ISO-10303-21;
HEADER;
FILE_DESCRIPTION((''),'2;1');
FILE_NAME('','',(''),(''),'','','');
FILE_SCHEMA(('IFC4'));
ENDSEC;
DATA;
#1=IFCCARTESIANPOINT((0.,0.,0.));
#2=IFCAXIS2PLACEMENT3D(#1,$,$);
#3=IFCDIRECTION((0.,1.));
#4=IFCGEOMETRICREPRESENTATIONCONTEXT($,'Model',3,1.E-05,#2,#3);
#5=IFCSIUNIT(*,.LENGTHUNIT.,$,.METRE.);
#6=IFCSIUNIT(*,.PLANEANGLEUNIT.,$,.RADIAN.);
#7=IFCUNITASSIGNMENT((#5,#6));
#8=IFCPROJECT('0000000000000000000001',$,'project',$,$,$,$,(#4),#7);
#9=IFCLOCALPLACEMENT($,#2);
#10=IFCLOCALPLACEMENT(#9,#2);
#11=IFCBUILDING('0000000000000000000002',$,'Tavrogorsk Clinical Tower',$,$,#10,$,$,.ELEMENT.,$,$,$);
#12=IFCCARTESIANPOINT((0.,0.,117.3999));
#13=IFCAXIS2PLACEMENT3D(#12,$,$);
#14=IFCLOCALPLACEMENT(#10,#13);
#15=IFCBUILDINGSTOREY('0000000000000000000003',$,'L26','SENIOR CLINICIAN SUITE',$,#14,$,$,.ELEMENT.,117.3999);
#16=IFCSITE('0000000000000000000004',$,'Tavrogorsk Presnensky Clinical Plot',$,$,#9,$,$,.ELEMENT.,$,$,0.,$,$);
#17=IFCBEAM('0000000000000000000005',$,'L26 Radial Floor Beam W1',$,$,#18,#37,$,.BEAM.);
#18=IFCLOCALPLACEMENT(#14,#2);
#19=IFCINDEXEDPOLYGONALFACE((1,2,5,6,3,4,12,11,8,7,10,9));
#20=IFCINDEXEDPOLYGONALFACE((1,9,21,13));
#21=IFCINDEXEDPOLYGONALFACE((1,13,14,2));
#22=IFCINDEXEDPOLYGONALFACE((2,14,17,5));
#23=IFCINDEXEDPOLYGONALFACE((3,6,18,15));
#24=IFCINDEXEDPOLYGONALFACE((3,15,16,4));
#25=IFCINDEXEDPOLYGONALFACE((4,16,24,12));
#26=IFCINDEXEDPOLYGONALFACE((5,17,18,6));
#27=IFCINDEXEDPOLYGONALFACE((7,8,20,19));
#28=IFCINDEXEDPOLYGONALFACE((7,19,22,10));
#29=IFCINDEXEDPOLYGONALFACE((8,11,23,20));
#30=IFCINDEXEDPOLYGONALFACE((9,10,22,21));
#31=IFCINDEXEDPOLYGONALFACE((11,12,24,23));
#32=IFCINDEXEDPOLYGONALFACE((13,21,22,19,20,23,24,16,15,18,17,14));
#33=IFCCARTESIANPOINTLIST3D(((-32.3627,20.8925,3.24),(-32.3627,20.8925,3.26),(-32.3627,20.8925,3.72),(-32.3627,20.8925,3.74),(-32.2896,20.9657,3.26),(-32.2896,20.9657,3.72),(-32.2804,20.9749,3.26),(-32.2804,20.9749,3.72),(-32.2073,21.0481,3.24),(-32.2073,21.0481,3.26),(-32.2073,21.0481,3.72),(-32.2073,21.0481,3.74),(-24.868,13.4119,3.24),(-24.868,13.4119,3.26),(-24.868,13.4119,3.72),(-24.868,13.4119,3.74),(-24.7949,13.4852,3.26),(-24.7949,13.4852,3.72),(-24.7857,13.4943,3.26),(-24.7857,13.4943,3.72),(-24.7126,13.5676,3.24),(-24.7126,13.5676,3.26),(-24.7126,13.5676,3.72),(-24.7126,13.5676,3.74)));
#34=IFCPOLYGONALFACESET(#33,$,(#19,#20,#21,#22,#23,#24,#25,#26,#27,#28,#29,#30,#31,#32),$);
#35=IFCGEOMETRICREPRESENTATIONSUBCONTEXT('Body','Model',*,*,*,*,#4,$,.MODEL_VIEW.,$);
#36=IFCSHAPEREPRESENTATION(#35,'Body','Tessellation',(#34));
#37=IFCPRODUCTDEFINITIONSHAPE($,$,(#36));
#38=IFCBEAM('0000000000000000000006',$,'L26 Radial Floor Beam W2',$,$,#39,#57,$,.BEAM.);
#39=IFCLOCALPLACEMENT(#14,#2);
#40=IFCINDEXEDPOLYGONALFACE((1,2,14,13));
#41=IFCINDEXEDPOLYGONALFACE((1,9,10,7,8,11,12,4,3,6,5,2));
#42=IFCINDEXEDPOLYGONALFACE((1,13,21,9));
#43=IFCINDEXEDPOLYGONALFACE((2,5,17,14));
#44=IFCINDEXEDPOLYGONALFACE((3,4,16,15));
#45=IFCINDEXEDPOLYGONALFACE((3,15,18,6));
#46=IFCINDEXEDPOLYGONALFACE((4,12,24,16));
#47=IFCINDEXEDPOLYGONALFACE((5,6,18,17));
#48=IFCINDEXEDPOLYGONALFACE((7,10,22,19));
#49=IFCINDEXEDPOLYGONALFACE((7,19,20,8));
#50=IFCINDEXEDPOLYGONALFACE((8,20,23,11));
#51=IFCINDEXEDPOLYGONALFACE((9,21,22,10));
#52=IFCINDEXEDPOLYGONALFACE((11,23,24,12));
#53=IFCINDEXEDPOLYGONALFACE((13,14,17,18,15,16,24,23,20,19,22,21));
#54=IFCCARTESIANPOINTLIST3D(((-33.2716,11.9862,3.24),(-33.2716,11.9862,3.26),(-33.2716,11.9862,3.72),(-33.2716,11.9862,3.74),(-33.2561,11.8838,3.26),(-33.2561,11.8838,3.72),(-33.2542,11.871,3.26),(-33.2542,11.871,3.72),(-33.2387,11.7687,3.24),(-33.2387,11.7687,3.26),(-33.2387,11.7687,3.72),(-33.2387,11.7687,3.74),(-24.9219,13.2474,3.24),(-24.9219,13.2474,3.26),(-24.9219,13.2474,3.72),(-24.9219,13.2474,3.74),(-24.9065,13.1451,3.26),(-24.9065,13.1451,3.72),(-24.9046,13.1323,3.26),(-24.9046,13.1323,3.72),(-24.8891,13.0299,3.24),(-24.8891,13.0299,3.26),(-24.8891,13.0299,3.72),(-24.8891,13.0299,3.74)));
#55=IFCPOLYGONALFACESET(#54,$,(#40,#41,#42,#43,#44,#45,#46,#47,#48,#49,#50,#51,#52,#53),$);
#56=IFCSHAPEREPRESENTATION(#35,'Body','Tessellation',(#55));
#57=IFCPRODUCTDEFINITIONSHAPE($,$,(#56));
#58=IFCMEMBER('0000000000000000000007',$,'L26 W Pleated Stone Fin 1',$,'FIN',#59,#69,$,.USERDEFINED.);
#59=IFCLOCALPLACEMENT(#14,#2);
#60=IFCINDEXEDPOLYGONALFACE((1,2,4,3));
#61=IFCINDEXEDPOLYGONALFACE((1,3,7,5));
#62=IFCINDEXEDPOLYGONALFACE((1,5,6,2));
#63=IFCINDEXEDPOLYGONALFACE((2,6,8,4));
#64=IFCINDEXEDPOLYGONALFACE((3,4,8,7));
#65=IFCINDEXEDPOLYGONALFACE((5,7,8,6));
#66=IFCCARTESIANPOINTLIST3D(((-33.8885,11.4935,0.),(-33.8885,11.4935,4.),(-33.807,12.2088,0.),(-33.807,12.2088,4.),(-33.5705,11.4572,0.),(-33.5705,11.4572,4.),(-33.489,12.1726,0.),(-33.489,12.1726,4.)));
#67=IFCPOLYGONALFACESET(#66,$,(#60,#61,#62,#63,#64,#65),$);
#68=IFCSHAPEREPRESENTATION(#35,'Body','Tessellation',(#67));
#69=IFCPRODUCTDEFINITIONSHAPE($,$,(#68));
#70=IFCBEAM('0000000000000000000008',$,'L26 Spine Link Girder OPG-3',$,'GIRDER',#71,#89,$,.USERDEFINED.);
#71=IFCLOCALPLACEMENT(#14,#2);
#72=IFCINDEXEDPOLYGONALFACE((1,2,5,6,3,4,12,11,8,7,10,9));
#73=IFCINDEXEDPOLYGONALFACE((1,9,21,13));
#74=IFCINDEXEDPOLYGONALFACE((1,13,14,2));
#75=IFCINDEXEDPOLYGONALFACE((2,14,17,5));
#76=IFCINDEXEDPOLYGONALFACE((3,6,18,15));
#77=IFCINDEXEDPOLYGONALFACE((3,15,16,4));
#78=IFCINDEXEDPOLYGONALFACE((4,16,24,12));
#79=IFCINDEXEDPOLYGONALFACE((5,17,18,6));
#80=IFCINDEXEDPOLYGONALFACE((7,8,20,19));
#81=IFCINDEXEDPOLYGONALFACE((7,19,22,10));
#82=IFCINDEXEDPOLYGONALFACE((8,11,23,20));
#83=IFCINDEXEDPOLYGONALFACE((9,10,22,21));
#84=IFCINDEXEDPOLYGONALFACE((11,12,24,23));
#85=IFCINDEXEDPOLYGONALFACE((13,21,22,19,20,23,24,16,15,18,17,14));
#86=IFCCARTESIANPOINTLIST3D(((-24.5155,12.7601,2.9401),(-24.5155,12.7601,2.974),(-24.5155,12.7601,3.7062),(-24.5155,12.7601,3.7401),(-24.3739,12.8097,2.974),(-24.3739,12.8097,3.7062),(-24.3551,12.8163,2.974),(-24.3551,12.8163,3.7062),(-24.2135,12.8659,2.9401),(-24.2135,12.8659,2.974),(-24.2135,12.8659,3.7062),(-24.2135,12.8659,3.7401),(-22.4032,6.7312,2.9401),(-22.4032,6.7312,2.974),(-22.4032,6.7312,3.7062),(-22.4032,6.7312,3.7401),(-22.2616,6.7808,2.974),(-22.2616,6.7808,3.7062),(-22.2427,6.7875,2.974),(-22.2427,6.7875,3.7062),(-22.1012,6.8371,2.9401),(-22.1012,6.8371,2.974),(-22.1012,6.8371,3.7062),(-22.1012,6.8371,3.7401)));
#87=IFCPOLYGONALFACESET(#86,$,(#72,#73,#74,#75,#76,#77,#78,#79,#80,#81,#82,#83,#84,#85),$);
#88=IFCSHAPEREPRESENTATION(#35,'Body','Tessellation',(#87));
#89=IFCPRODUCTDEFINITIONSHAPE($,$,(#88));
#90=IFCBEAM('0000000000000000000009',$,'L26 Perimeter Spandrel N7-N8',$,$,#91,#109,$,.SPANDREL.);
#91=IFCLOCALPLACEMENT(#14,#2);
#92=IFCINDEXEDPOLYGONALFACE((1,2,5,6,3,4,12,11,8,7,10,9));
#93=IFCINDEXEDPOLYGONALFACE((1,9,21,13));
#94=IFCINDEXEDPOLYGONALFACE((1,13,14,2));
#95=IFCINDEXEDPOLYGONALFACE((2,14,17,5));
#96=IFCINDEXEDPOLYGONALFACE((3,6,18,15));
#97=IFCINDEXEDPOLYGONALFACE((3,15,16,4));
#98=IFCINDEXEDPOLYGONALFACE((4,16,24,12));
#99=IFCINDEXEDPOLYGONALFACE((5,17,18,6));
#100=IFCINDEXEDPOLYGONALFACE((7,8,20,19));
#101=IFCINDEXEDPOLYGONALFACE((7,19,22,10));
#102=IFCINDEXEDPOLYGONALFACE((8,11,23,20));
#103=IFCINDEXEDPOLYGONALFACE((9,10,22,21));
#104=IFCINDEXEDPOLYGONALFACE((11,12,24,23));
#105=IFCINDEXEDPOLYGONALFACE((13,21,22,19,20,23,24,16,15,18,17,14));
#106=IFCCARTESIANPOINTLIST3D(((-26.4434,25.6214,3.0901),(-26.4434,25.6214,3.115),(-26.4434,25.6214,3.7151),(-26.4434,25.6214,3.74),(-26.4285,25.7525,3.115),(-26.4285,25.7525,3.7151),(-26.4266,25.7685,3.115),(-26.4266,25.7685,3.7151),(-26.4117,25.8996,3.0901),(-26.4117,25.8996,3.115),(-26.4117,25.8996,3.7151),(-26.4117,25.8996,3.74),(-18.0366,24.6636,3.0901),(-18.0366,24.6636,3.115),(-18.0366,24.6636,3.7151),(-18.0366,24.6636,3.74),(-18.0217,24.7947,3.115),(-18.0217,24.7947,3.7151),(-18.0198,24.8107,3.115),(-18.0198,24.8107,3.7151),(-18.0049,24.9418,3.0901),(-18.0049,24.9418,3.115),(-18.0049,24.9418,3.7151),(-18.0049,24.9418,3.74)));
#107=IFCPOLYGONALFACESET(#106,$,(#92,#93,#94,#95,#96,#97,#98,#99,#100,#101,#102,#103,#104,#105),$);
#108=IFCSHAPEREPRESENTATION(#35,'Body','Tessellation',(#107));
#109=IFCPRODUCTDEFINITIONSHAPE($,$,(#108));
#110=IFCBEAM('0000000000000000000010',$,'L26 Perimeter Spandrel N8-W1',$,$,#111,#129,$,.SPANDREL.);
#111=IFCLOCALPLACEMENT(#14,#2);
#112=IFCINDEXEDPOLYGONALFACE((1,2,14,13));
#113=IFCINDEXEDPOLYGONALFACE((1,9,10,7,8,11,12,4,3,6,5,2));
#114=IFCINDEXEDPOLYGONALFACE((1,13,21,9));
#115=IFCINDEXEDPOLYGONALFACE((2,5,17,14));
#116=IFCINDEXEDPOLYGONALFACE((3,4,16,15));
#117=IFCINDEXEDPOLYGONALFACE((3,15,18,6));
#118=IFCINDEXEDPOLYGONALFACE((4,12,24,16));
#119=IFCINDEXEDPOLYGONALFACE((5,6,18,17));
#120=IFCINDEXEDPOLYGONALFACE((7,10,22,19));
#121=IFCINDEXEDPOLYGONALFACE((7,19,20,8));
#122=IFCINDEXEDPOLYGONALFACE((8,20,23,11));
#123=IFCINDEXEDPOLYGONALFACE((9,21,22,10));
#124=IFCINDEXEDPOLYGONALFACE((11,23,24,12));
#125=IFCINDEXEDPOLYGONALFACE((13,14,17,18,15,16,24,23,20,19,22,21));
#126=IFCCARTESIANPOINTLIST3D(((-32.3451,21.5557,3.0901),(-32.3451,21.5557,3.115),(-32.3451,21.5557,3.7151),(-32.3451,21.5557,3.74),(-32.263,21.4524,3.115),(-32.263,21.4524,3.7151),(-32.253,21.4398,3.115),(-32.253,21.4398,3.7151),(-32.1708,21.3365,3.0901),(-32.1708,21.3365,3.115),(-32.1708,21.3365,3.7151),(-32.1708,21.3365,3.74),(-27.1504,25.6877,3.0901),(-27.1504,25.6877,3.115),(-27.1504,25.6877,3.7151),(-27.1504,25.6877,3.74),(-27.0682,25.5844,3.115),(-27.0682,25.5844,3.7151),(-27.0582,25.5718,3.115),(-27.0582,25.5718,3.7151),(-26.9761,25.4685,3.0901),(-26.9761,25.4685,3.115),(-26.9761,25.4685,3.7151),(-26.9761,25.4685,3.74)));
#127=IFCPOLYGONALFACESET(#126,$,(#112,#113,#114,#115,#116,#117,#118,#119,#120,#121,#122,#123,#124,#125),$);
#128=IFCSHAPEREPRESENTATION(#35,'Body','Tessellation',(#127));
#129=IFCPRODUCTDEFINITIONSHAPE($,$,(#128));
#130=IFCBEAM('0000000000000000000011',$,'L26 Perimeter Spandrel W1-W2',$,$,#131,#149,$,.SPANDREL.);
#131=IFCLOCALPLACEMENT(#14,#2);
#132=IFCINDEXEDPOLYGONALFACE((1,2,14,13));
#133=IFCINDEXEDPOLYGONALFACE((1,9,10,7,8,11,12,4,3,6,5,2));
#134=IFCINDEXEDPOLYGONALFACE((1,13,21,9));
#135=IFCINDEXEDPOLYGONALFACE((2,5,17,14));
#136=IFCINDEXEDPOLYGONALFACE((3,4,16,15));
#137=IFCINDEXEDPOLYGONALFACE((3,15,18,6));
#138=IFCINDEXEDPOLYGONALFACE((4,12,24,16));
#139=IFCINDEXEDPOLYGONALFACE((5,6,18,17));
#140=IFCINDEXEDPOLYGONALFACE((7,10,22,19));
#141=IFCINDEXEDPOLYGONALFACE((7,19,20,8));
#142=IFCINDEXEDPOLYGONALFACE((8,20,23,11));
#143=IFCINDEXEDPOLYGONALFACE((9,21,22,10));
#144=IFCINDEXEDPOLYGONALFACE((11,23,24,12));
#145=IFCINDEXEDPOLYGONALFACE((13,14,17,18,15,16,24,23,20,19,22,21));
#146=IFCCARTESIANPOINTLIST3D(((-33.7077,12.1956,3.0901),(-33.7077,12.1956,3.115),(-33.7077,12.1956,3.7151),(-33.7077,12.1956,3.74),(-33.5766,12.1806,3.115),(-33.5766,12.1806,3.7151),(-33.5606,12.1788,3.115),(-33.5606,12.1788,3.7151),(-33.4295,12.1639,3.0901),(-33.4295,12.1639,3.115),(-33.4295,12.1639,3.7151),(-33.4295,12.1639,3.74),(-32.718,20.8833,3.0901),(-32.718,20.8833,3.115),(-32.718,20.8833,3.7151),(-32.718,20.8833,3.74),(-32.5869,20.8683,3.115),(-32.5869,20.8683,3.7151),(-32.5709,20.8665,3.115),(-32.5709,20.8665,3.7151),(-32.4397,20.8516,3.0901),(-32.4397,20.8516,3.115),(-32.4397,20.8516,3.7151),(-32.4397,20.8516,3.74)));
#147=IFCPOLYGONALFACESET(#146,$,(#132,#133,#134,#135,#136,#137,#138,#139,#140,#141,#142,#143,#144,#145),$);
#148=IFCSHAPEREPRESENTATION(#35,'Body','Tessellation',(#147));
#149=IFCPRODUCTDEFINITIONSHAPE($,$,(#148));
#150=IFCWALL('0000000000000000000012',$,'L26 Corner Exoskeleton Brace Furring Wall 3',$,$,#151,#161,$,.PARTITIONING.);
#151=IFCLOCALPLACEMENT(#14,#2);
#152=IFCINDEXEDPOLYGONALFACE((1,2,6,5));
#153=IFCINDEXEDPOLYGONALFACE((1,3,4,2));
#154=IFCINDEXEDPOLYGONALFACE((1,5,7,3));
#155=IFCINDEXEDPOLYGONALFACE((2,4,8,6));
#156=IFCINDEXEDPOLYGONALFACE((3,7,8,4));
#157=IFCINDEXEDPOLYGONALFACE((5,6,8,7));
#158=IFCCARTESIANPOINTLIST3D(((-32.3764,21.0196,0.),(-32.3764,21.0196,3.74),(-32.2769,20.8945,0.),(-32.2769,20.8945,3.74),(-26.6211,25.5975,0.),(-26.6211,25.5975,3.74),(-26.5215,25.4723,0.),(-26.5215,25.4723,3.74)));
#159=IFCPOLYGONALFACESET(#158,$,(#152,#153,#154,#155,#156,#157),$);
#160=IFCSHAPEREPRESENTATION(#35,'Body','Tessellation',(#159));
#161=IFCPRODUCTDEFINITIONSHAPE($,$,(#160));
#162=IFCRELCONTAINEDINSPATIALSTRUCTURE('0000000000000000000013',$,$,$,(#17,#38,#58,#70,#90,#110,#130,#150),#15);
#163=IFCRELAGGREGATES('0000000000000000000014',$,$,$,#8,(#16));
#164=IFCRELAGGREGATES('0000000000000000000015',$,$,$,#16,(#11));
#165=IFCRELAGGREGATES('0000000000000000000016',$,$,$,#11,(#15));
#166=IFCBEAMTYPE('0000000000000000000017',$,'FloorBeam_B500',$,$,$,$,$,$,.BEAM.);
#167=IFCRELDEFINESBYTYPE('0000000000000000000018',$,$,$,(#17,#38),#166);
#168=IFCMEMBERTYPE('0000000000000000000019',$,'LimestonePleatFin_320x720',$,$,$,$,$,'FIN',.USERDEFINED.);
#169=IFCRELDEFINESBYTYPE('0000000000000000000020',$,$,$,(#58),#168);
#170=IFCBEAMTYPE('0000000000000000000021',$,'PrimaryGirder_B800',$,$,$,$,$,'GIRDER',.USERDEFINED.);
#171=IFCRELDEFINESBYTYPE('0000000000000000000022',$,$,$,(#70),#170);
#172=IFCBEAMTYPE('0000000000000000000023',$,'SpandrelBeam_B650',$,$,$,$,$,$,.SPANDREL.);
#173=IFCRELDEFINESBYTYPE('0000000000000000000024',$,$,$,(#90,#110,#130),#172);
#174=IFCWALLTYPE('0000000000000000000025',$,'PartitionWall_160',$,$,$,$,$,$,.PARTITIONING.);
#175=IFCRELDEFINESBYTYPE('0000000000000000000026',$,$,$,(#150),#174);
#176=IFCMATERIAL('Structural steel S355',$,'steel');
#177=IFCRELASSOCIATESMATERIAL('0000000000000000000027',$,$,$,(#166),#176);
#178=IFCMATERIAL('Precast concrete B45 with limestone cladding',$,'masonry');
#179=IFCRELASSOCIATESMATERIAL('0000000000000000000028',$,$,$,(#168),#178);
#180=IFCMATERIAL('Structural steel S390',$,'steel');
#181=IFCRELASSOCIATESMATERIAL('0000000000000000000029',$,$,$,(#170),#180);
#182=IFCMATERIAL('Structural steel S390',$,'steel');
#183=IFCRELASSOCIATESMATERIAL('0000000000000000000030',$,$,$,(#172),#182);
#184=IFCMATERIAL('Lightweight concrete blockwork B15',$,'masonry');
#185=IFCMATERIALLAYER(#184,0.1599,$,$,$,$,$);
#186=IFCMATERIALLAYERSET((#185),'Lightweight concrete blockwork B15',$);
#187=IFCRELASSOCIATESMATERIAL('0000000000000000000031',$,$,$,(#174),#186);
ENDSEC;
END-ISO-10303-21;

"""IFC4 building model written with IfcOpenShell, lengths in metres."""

from ifc_helpers import new_model, si_unit, direction, frame, frame_2d, origin, origin_2d, place, context, subcontext, project, spatial, rectangle, i_section, extrude, material, layer, layer_set, material_profile, profile_set, type_object, element, save


model = new_model("IFC4")

# Units and contexts
model_context = context("Model", 3, precision=1e-05, world=origin(), true_north=direction((0.0, 1.0)))
body_context = subcontext(model_context, "Body", "Model", "MODEL_VIEW")
ifc_project = project(units=[si_unit("LENGTHUNIT", "METRE"), si_unit("PLANEANGLEUNIT", "RADIAN")], contexts=[model_context])

# Site, building, storey
site_placement = place(None, origin())
site = spatial("IfcSite", under=ifc_project, at=site_placement, Name="Tavrogorsk Presnensky Clinical Plot", CompositionType="ELEMENT", RefElevation=0.0)
building_placement = place(site_placement, origin())
building = spatial("IfcBuilding", under=site, at=building_placement, Name="Tavrogorsk Clinical Tower", CompositionType="ELEMENT")
storey_placement = place(building_placement, frame((0.0, 0.0, 117.3999)))
storey = spatial("IfcBuildingStorey", under=building, at=storey_placement, Name="L26", Description="SENIOR CLINICIAN SUITE", CompositionType="ELEMENT", Elevation=117.3999)

# Beams
ifc_material_1 = material(Name="Structural steel S355", Category="steel")
ifc_material_profile_1 = material_profile(ifc_material_1, i_section(OverallWidth=0.22, OverallDepth=0.5, WebThickness=0.0129, FlangeThickness=0.02, at=origin_2d()), Name="B-500x220x13x20")
ifc_profile_set_1 = profile_set([ifc_material_profile_1], Name="Structural steel S355")
beam_type_1 = type_object("IfcBeamType", Name="FloorBeam_B500", PredefinedType="BEAM", material=ifc_profile_set_1)
beam_1_placement = place(storey_placement, frame((-24.7903, 13.4897, 3.49), z_axis=(-0.707775, 0.706438, 0.0), x_axis=(-0.706438, -0.707775, 0.0)))
element("IfcBeam", 1, at=beam_1_placement, inside=storey, type_object=beam_type_1, Name="L26 Radial Floor Beam W1", PredefinedType="BEAM", context=body_context, shape_type="SweptSolid", body=[
    extrude(i_section(OverallWidth=0.22, OverallDepth=0.5, WebThickness=0.0129, FlangeThickness=0.02, at=origin_2d()), origin(), (0.0, 0.0, 1.0), 10.5891),
])
beam_2_placement = place(storey_placement, frame((-24.9055, 13.1387, 3.49), z_axis=(-0.988783, -0.149358, 0.0), x_axis=(0.149358, -0.988783, 0.0)))
element("IfcBeam", 2, at=beam_2_placement, inside=storey, type_object=beam_type_1, Name="L26 Radial Floor Beam W2", PredefinedType="BEAM", context=body_context, shape_type="SweptSolid", body=[
    extrude(i_section(OverallWidth=0.22, OverallDepth=0.5, WebThickness=0.0129, FlangeThickness=0.02, at=origin_2d()), origin(), (0.0, 0.0, 1.0), 8.4443),
])

# Member
ifc_material_2 = material(Name="Precast concrete B45 with limestone cladding", Category="masonry")
ifc_material_profile_2 = material_profile(ifc_material_2, rectangle(XDim=0.3201, YDim=0.72, at=origin_2d()), Name="LIMESTONE-FIN-320x720")
ifc_profile_set_2 = profile_set([ifc_material_profile_2], Name="Precast concrete B45 with limestone cladding")
member_type_1 = type_object("IfcMemberType", Name="LimestonePleatFin_320x720", ElementType="FIN", PredefinedType="USERDEFINED", material=ifc_profile_set_2)
member_1_placement = place(storey_placement, frame((-33.6887, 11.833, 0.0), z_axis=(0.0, 0.0, 1.0), x_axis=(0.993572, -0.113203, 0.0)))
element("IfcMember", 3, at=member_1_placement, inside=storey, type_object=member_type_1, Name="L26 W Pleated Stone Fin 1", ObjectType="FIN", PredefinedType="USERDEFINED", context=body_context, shape_type="SweptSolid", body=[
    extrude(rectangle(XDim=0.3201, YDim=0.72, at=origin_2d()), origin(), (0.0, 0.0, 1.0), 4.0),
])

# Beams
ifc_material_3 = material(Name="Structural steel S390", Category="steel")
ifc_material_profile_3 = material_profile(ifc_material_3, i_section(OverallWidth=0.3201, OverallDepth=0.8, WebThickness=0.02, FlangeThickness=0.0339, at=origin_2d()), Name="B-800x320x20x34")
ifc_profile_set_3 = profile_set([ifc_material_profile_3], Name="Structural steel S390")
beam_type_2 = type_object("IfcBeamType", Name="PrimaryGirder_B800", ElementType="GIRDER", PredefinedType="USERDEFINED", material=ifc_profile_set_3)
beam_3_placement = place(storey_placement, frame((-24.3645, 12.813, 3.3401), z_axis=(0.33066, -0.94375, 0.0), x_axis=(0.94375, 0.33066, 0.0)))
element("IfcBeam", 4, at=beam_3_placement, inside=storey, type_object=beam_type_2, Name="L26 Spine Link Girder OPG-3", ObjectType="GIRDER", PredefinedType="USERDEFINED", context=body_context, shape_type="SweptSolid", body=[
    extrude(i_section(OverallWidth=0.3201, OverallDepth=0.8, WebThickness=0.02, FlangeThickness=0.0339, at=origin_2d()), origin(), (0.0, 0.0, 1.0), 6.3882),
])
ifc_material_4 = material(Name="Structural steel S390", Category="steel")
ifc_material_profile_4 = material_profile(ifc_material_4, i_section(OverallWidth=0.28, OverallDepth=0.6499, WebThickness=0.0161, FlangeThickness=0.0249, at=origin_2d()), Name="B-650x280x16x25")
ifc_profile_set_4 = profile_set([ifc_material_profile_4], Name="Structural steel S390")
beam_type_3 = type_object("IfcBeamType", Name="SpandrelBeam_B650", PredefinedType="SPANDREL", material=ifc_profile_set_4)
beam_4_placement = place(storey_placement, frame((-18.0208, 24.8027, 3.415), z_axis=(-0.993573, 0.113196, 0.0), x_axis=(-0.113196, -0.993573, 0.0)))
element("IfcBeam", 5, at=beam_4_placement, inside=storey, type_object=beam_type_3, Name="L26 Perimeter Spandrel N7-N8", PredefinedType="SPANDREL", context=body_context, shape_type="SweptSolid", body=[
    extrude(i_section(OverallWidth=0.28, OverallDepth=0.6499, WebThickness=0.0161, FlangeThickness=0.0249, at=origin_2d()), origin(), (0.0, 0.0, 1.0), 8.4612),
])
beam_5_placement = place(storey_placement, frame((-27.0632, 25.5781, 3.415), z_axis=(-0.782613, -0.622508, 0.0), x_axis=(0.622508, -0.782613, 0.0)))
element("IfcBeam", 6, at=beam_5_placement, inside=storey, type_object=beam_type_3, Name="L26 Perimeter Spandrel N8-W1", PredefinedType="SPANDREL", context=body_context, shape_type="SweptSolid", body=[
    extrude(i_section(OverallWidth=0.28, OverallDepth=0.6499, WebThickness=0.0161, FlangeThickness=0.0249, at=origin_2d()), origin(), (0.0, 0.0, 1.0), 6.6377),
])
beam_6_placement = place(storey_placement, frame((-32.5789, 20.8674, 3.415), z_axis=(-0.113192, -0.993573, 0.0), x_axis=(0.993573, -0.113192, 0.0)))
element("IfcBeam", 7, at=beam_6_placement, inside=storey, type_object=beam_type_3, Name="L26 Perimeter Spandrel W1-W2", PredefinedType="SPANDREL", context=body_context, shape_type="SweptSolid", body=[
    extrude(i_section(OverallWidth=0.28, OverallDepth=0.6499, WebThickness=0.0161, FlangeThickness=0.0249, at=origin_2d()), origin(), (0.0, 0.0, 1.0), 8.7439),
])

# Wall
ifc_material_5 = material(Name="Lightweight concrete blockwork B15", Category="masonry")
ifc_layer_1 = layer(ifc_material_5, 0.1599)
ifc_layer_set_1 = layer_set([ifc_layer_1], Name="Lightweight concrete blockwork B15")
wall_type_1 = type_object("IfcWallType", Name="PartitionWall_160", PredefinedType="PARTITIONING", material=ifc_layer_set_1)
wall_1_placement = place(storey_placement, frame((-26.5713, 25.5349, 0.0), z_axis=(0.0, 0.0, 1.0), x_axis=(-0.782618, -0.622502, 0.0)))
element("IfcWall", 8, at=wall_1_placement, inside=storey, type_object=wall_type_1, Name="L26 Corner Exoskeleton Brace Furring Wall 3", PredefinedType="PARTITIONING", context=body_context, shape_type="SweptSolid", body=[
    extrude(rectangle(XDim=7.354, YDim=0.1599, at=frame_2d((3.677, 0.0))), origin(), (0.0, 0.0, 1.0), 3.74),
])

save(model, "model.ifc")
